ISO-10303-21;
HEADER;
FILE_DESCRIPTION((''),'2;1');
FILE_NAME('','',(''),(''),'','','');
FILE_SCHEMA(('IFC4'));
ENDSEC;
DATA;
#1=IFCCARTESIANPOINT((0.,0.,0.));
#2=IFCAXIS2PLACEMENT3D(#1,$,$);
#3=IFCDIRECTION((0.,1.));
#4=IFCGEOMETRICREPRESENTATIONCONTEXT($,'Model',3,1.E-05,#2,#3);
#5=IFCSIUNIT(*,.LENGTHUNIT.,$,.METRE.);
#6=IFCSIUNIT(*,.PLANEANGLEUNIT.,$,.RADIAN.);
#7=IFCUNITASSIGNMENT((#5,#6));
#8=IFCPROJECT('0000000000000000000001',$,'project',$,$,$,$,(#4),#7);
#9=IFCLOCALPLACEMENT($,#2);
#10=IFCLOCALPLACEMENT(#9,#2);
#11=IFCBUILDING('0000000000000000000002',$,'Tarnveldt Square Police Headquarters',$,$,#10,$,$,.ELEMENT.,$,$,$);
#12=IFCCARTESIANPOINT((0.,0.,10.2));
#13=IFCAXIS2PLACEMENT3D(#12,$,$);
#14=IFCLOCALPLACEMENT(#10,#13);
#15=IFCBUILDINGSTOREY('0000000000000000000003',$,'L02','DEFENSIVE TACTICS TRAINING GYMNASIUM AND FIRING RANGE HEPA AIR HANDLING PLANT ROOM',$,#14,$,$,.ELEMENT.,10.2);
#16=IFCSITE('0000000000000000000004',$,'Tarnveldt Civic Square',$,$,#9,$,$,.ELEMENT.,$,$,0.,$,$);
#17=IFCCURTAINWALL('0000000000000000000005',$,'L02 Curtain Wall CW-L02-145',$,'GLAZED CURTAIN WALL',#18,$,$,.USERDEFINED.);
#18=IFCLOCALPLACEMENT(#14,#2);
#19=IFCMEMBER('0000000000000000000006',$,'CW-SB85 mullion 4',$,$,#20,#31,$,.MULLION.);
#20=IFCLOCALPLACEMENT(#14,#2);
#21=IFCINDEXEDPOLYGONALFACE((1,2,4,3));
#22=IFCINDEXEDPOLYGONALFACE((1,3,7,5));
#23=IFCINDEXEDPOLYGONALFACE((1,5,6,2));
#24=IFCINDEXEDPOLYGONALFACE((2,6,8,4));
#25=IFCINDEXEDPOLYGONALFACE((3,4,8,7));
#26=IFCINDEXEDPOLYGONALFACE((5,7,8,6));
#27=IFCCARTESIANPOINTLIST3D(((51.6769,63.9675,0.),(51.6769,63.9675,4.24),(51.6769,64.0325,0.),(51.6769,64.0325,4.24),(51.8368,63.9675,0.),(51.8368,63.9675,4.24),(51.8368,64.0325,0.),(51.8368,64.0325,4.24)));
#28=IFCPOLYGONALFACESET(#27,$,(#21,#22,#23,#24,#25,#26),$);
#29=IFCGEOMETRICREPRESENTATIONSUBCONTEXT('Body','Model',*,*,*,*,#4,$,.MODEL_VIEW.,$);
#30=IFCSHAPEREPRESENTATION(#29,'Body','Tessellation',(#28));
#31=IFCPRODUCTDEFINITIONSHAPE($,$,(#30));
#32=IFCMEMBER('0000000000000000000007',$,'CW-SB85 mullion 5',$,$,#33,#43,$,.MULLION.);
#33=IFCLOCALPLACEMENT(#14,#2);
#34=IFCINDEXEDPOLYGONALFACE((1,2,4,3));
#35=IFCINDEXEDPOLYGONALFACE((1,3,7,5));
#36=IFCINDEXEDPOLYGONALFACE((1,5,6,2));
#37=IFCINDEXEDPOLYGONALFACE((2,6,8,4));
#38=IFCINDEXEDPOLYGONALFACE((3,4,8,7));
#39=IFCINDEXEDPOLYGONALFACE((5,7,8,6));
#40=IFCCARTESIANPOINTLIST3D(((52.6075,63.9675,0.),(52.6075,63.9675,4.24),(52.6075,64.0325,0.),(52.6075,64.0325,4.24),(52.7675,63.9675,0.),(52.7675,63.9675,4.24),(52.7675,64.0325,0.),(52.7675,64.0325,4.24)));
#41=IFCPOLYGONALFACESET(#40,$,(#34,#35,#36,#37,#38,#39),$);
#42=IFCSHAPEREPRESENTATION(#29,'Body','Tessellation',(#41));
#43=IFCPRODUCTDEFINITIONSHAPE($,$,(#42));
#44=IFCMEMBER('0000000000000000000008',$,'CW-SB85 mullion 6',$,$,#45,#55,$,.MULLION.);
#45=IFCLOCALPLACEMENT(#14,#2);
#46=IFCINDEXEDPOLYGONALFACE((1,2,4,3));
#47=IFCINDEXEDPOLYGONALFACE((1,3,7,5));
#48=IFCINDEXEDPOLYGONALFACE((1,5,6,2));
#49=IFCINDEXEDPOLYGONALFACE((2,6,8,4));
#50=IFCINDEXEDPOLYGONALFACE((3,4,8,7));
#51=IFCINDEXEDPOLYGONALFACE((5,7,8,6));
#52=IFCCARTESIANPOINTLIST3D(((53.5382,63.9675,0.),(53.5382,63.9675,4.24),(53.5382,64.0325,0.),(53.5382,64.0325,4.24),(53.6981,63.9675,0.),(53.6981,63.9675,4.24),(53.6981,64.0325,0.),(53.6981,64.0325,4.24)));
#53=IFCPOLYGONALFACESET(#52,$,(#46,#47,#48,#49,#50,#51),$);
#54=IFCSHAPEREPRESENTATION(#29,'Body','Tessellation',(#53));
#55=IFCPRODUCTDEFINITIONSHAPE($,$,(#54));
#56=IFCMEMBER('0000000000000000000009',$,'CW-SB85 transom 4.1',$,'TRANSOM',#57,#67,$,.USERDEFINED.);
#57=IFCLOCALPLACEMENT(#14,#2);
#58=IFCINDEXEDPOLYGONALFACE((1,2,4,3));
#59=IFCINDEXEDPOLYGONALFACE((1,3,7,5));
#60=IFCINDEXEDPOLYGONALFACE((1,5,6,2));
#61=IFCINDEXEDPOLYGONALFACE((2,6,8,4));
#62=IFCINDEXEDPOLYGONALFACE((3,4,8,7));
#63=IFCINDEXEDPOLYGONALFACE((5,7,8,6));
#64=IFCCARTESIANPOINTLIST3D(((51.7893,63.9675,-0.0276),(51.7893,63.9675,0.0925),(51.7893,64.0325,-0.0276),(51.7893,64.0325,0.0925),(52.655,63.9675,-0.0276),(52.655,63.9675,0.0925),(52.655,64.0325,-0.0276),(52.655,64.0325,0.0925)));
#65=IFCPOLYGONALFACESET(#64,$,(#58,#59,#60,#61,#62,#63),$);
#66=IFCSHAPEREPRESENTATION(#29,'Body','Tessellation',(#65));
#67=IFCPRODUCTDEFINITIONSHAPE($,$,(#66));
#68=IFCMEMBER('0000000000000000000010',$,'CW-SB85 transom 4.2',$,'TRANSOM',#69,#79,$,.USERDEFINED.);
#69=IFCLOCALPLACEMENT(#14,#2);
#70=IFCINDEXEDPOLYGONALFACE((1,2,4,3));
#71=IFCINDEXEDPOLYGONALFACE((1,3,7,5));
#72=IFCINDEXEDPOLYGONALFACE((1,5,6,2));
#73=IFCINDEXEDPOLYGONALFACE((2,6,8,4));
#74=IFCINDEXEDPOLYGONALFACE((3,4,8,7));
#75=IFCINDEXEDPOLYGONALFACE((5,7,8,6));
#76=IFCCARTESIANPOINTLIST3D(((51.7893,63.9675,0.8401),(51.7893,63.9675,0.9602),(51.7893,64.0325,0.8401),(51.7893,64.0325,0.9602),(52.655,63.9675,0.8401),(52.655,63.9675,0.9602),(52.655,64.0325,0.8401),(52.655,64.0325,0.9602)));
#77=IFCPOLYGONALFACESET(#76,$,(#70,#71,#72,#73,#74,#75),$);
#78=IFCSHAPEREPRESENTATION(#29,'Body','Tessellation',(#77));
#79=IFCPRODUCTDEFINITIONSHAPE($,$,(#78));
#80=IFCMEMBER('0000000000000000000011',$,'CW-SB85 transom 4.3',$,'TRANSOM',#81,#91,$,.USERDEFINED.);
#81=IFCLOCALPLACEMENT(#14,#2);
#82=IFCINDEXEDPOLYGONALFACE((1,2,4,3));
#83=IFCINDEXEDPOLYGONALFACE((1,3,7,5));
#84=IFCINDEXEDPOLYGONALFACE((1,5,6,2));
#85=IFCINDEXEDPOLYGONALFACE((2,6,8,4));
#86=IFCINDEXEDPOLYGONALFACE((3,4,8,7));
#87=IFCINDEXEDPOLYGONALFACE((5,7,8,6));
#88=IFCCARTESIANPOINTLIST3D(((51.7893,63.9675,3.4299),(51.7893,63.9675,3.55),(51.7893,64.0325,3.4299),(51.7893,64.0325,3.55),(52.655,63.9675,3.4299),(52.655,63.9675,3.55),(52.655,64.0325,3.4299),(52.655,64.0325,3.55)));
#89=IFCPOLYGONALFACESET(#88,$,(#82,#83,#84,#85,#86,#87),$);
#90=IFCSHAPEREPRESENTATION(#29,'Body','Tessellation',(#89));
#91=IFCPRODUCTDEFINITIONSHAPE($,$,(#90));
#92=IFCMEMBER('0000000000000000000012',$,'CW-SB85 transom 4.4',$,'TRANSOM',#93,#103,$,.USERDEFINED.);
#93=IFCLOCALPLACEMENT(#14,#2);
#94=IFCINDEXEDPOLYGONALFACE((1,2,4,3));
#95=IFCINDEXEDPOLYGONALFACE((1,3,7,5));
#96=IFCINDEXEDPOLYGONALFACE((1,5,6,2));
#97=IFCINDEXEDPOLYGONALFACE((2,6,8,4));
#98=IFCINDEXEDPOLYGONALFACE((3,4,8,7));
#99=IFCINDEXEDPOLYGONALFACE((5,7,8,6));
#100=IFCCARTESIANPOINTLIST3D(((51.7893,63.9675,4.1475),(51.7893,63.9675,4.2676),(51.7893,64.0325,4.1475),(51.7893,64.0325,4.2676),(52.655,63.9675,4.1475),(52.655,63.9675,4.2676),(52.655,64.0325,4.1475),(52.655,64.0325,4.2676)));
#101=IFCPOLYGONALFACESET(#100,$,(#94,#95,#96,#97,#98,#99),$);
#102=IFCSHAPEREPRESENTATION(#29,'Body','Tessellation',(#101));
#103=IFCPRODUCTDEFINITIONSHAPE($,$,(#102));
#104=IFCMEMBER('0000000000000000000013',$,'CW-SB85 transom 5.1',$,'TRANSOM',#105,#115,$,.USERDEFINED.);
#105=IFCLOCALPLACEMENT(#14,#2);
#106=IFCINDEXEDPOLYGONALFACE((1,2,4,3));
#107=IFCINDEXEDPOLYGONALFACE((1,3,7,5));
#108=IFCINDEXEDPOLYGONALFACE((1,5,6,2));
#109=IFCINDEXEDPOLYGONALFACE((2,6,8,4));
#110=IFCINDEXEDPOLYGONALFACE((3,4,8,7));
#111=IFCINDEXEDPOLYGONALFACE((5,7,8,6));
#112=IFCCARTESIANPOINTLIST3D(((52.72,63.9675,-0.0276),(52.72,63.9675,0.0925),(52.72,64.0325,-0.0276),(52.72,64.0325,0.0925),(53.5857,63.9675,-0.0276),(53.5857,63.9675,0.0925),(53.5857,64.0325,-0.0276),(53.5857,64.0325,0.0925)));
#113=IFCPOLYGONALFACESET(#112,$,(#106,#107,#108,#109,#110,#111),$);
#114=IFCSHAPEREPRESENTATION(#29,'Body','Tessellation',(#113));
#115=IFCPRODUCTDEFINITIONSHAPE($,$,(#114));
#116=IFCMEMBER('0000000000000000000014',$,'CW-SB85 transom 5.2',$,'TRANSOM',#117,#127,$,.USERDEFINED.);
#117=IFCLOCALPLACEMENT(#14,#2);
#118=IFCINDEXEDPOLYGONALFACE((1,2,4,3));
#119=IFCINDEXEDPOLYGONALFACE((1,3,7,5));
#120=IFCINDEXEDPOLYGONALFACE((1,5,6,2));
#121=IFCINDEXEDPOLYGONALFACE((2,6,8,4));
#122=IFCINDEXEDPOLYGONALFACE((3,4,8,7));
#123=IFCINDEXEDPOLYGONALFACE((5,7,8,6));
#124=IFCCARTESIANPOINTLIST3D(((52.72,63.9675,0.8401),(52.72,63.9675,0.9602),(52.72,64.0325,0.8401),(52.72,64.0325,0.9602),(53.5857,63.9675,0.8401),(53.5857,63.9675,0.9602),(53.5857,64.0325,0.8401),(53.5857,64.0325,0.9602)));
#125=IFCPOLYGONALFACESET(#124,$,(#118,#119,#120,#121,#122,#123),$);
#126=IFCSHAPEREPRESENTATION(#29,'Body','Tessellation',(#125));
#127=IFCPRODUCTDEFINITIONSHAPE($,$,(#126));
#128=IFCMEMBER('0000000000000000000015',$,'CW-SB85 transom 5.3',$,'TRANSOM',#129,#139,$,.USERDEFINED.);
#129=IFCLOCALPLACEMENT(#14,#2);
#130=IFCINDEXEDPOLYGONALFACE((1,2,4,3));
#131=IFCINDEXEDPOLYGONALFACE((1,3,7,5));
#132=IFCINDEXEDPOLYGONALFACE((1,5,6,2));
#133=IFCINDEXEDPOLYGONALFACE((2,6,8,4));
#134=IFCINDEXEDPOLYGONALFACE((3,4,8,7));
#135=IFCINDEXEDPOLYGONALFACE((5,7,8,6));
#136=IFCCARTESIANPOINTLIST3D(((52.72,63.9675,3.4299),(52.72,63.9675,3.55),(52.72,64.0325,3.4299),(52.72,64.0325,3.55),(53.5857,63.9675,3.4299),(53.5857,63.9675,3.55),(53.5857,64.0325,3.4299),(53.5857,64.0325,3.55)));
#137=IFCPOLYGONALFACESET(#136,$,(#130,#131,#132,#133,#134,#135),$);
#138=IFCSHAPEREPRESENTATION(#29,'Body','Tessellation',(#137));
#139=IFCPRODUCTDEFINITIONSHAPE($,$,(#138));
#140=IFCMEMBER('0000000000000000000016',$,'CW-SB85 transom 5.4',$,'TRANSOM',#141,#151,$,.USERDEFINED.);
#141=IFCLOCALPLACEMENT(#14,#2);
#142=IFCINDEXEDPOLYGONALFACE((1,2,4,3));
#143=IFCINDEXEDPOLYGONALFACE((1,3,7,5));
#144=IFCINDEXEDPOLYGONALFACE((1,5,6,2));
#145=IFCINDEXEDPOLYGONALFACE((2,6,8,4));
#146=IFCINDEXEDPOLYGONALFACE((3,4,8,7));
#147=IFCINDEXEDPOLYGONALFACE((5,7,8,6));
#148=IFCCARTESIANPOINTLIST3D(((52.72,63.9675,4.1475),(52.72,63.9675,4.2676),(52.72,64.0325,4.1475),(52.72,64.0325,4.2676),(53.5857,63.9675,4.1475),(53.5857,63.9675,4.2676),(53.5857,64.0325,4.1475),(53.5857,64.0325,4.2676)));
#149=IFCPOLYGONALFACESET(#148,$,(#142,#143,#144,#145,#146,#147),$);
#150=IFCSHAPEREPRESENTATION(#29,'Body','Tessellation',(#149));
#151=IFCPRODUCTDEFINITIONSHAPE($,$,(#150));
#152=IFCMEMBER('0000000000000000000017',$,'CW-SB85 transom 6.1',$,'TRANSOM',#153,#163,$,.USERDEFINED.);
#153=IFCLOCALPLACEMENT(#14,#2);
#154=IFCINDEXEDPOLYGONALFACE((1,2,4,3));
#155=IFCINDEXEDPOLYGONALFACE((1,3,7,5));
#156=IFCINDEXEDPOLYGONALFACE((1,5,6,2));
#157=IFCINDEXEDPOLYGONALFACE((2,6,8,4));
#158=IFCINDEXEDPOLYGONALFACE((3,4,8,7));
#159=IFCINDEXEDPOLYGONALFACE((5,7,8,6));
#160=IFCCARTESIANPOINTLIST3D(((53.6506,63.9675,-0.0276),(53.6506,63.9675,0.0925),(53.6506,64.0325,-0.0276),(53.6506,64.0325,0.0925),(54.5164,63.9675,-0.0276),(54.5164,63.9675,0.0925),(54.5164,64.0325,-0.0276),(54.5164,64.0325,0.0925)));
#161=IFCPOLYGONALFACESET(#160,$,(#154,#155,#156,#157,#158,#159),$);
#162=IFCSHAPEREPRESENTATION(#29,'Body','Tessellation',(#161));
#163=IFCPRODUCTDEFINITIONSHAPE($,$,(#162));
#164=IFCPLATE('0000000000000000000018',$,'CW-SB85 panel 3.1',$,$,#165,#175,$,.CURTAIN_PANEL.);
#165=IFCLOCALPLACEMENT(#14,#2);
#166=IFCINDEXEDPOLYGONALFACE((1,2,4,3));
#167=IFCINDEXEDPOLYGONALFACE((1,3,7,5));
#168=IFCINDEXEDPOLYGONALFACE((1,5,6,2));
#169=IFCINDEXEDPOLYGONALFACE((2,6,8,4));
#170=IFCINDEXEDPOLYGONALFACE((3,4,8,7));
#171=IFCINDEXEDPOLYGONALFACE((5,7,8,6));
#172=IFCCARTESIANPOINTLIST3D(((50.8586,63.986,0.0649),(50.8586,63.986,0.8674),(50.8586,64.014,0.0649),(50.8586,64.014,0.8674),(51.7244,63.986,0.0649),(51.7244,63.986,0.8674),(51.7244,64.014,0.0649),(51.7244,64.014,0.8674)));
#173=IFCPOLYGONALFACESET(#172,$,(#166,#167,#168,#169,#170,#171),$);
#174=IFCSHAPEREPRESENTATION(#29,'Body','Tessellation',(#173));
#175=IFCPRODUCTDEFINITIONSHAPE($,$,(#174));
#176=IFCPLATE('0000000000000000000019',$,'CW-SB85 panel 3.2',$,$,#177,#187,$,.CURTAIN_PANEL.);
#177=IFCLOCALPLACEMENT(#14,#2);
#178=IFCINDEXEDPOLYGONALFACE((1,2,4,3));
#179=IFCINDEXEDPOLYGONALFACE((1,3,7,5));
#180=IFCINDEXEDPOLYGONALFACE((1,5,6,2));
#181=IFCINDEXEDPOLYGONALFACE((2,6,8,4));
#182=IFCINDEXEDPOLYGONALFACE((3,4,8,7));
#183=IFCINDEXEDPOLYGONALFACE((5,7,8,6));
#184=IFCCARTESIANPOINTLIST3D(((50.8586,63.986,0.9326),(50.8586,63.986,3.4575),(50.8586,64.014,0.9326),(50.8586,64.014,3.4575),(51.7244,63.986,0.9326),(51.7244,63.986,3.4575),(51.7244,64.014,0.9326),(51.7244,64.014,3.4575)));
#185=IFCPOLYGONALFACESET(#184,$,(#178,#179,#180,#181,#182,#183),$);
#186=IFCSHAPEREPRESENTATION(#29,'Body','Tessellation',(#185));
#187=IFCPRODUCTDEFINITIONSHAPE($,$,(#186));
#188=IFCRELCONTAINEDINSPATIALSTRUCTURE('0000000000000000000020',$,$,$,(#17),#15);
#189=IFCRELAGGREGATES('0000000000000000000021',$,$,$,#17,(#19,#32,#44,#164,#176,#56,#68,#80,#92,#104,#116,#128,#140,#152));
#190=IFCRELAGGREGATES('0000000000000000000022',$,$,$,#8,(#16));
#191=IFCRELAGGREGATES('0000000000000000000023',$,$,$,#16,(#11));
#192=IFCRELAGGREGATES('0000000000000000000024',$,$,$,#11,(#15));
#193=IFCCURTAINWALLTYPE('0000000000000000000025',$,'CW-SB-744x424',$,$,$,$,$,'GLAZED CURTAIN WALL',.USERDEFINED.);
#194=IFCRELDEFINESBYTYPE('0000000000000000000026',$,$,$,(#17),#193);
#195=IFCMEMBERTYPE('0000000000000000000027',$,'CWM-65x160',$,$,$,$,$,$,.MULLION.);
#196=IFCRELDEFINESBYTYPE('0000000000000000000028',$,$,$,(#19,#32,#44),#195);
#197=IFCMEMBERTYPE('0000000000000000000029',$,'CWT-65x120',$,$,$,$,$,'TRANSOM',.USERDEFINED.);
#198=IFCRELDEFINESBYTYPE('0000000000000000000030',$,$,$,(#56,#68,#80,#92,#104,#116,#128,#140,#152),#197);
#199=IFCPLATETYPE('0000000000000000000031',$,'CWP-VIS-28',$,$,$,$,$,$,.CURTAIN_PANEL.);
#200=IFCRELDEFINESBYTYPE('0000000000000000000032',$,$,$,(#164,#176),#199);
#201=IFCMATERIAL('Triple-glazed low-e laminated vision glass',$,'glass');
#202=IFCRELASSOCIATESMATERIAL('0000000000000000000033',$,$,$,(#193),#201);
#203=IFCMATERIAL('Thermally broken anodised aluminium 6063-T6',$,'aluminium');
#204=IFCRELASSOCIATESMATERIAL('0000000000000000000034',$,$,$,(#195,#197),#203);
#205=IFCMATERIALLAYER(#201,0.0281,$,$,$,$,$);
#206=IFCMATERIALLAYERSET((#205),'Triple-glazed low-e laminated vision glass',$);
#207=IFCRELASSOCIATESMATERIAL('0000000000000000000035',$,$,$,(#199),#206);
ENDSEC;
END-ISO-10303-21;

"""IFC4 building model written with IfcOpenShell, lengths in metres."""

from ifc_helpers import new_model, si_unit, direction, frame, origin, origin_2d, place, context, subcontext, project, spatial, rectangle, extrude, material, layer, layer_set, material_profile, profile_set, type_object, element, aggregate, save


model = new_model("IFC4")

# Units and contexts
model_context = context("Model", 3, precision=1e-05, world=origin(), true_north=direction((0.0, 1.0)))
body_context = subcontext(model_context, "Body", "Model", "MODEL_VIEW")
ifc_project = project(units=[si_unit("LENGTHUNIT", "METRE"), si_unit("PLANEANGLEUNIT", "RADIAN")], contexts=[model_context])

# Site, building, storey
site_placement = place(None, origin())
site = spatial("IfcSite", under=ifc_project, at=site_placement, Name="Tarnveldt Civic Square", CompositionType="ELEMENT", RefElevation=0.0)
building_placement = place(site_placement, origin())
building = spatial("IfcBuilding", under=site, at=building_placement, Name="Tarnveldt Square Police Headquarters", CompositionType="ELEMENT")
storey_placement = place(building_placement, frame((0.0, 0.0, 10.2)))
storey = spatial("IfcBuildingStorey", under=building, at=storey_placement, Name="L02", Description="DEFENSIVE TACTICS TRAINING GYMNASIUM AND FIRING RANGE HEPA AIR HANDLING PLANT ROOM", CompositionType="ELEMENT", Elevation=10.2)

# Curtain wall, members, plates
ifc_material_1 = material(Name="Triple-glazed low-e laminated vision glass", Category="glass")
curtain_wall_type = type_object("IfcCurtainWallType", Name="CW-SB-744x424", ElementType="GLAZED CURTAIN WALL", PredefinedType="USERDEFINED", material=ifc_material_1)
curtain_wall_placement = place(storey_placement, origin())
curtain_wall = element("IfcCurtainWall", 1, at=curtain_wall_placement, inside=storey, type_object=curtain_wall_type, Name="L02 Curtain Wall CW-L02-145", ObjectType="GLAZED CURTAIN WALL", PredefinedType="USERDEFINED")
ifc_material_2 = material(Name="Thermally broken anodised aluminium 6063-T6", Category="aluminium")
ifc_material_profile_1 = material_profile(ifc_material_2, rectangle(XDim=0.0649, YDim=0.1599, at=origin_2d()), Name="CW-M65x160")
ifc_profile_set_1 = profile_set([ifc_material_profile_1], Name="Thermally broken anodised aluminium 6063-T6")
member_type_1 = type_object("IfcMemberType", Name="CWM-65x160", PredefinedType="MULLION", material=ifc_profile_set_1)
member_1_placement = place(storey_placement, frame((51.7568, 64.0, 0.0), z_axis=(0.0, 0.0, 1.0), x_axis=(0.0, 1.0, 0.0)))
member_1 = element("IfcMember", 2, at=member_1_placement, type_object=member_type_1, Name="CW-SB85 mullion 4", PredefinedType="MULLION", context=body_context, shape_type="SweptSolid", body=[
    extrude(rectangle(XDim=0.0649, YDim=0.1599, at=origin_2d()), origin(), (0.0, 0.0, 1.0), 4.24),
])
member_2_placement = place(storey_placement, frame((52.6875, 64.0, 0.0), z_axis=(0.0, 0.0, 1.0), x_axis=(0.0, 1.0, 0.0)))
member_2 = element("IfcMember", 3, at=member_2_placement, type_object=member_type_1, Name="CW-SB85 mullion 5", PredefinedType="MULLION", context=body_context, shape_type="SweptSolid", body=[
    extrude(rectangle(XDim=0.0649, YDim=0.1599, at=origin_2d()), origin(), (0.0, 0.0, 1.0), 4.24),
])
member_3_placement = place(storey_placement, frame((53.6182, 64.0, 0.0), z_axis=(0.0, 0.0, 1.0), x_axis=(0.0, 1.0, 0.0)))
member_3 = element("IfcMember", 4, at=member_3_placement, type_object=member_type_1, Name="CW-SB85 mullion 6", PredefinedType="MULLION", context=body_context, shape_type="SweptSolid", body=[
    extrude(rectangle(XDim=0.0649, YDim=0.1599, at=origin_2d()), origin(), (0.0, 0.0, 1.0), 4.24),
])
ifc_material_profile_2 = material_profile(ifc_material_2, rectangle(XDim=0.0649, YDim=0.1201, at=origin_2d()), Name="CW-T65x120")
ifc_profile_set_2 = profile_set([ifc_material_profile_2], Name="Thermally broken anodised aluminium 6063-T6")
member_type_2 = type_object("IfcMemberType", Name="CWT-65x120", ElementType="TRANSOM", PredefinedType="USERDEFINED", material=ifc_profile_set_2)
member_4_placement = place(storey_placement, frame((51.7893, 64.0, 0.0325), z_axis=(1.0, 0.0, 0.0), x_axis=(0.0, 1.0, 0.0)))
member_4 = element("IfcMember", 5, at=member_4_placement, type_object=member_type_2, Name="CW-SB85 transom 4.1", ObjectType="TRANSOM", PredefinedType="USERDEFINED", context=body_context, shape_type="SweptSolid", body=[
    extrude(rectangle(XDim=0.0649, YDim=0.1201, at=origin_2d()), origin(), (0.0, 0.0, 1.0), 0.8657),
])
member_5_placement = place(storey_placement, frame((51.7893, 64.0, 0.9001), z_axis=(1.0, 0.0, 0.0), x_axis=(0.0, 1.0, 0.0)))
member_5 = element("IfcMember", 6, at=member_5_placement, type_object=member_type_2, Name="CW-SB85 transom 4.2", ObjectType="TRANSOM", PredefinedType="USERDEFINED", context=body_context, shape_type="SweptSolid", body=[
    extrude(rectangle(XDim=0.0649, YDim=0.1201, at=origin_2d()), origin(), (0.0, 0.0, 1.0), 0.8657),
])
member_6_placement = place(storey_placement, frame((51.7893, 64.0, 3.49), z_axis=(1.0, 0.0, 0.0), x_axis=(0.0, 1.0, 0.0)))
member_6 = element("IfcMember", 7, at=member_6_placement, type_object=member_type_2, Name="CW-SB85 transom 4.3", ObjectType="TRANSOM", PredefinedType="USERDEFINED", context=body_context, shape_type="SweptSolid", body=[
    extrude(rectangle(XDim=0.0649, YDim=0.1201, at=origin_2d()), origin(), (0.0, 0.0, 1.0), 0.8657),
])
member_7_placement = place(storey_placement, frame((51.7893, 64.0, 4.2075), z_axis=(1.0, 0.0, 0.0), x_axis=(0.0, 1.0, 0.0)))
member_7 = element("IfcMember", 8, at=member_7_placement, type_object=member_type_2, Name="CW-SB85 transom 4.4", ObjectType="TRANSOM", PredefinedType="USERDEFINED", context=body_context, shape_type="SweptSolid", body=[
    extrude(rectangle(XDim=0.0649, YDim=0.1201, at=origin_2d()), origin(), (0.0, 0.0, 1.0), 0.8657),
])
member_8_placement = place(storey_placement, frame((52.72, 64.0, 0.0325), z_axis=(1.0, 0.0, 0.0), x_axis=(0.0, 1.0, 0.0)))
member_8 = element("IfcMember", 9, at=member_8_placement, type_object=member_type_2, Name="CW-SB85 transom 5.1", ObjectType="TRANSOM", PredefinedType="USERDEFINED", context=body_context, shape_type="SweptSolid", body=[
    extrude(rectangle(XDim=0.0649, YDim=0.1201, at=origin_2d()), origin(), (0.0, 0.0, 1.0), 0.8657),
])
member_9_placement = place(storey_placement, frame((52.72, 64.0, 0.9001), z_axis=(1.0, 0.0, 0.0), x_axis=(0.0, 1.0, 0.0)))
member_9 = element("IfcMember", 10, at=member_9_placement, type_object=member_type_2, Name="CW-SB85 transom 5.2", ObjectType="TRANSOM", PredefinedType="USERDEFINED", context=body_context, shape_type="SweptSolid", body=[
    extrude(rectangle(XDim=0.0649, YDim=0.1201, at=origin_2d()), origin(), (0.0, 0.0, 1.0), 0.8657),
])
member_10_placement = place(storey_placement, frame((52.72, 64.0, 3.49), z_axis=(1.0, 0.0, 0.0), x_axis=(0.0, 1.0, 0.0)))
member_10 = element("IfcMember", 11, at=member_10_placement, type_object=member_type_2, Name="CW-SB85 transom 5.3", ObjectType="TRANSOM", PredefinedType="USERDEFINED", context=body_context, shape_type="SweptSolid", body=[
    extrude(rectangle(XDim=0.0649, YDim=0.1201, at=origin_2d()), origin(), (0.0, 0.0, 1.0), 0.8657),
])
member_11_placement = place(storey_placement, frame((52.72, 64.0, 4.2075), z_axis=(1.0, 0.0, 0.0), x_axis=(0.0, 1.0, 0.0)))
member_11 = element("IfcMember", 12, at=member_11_placement, type_object=member_type_2, Name="CW-SB85 transom 5.4", ObjectType="TRANSOM", PredefinedType="USERDEFINED", context=body_context, shape_type="SweptSolid", body=[
    extrude(rectangle(XDim=0.0649, YDim=0.1201, at=origin_2d()), origin(), (0.0, 0.0, 1.0), 0.8657),
])
member_12_placement = place(storey_placement, frame((53.6506, 64.0, 0.0325), z_axis=(1.0, 0.0, 0.0), x_axis=(0.0, 1.0, 0.0)))
member_12 = element("IfcMember", 13, at=member_12_placement, type_object=member_type_2, Name="CW-SB85 transom 6.1", ObjectType="TRANSOM", PredefinedType="USERDEFINED", context=body_context, shape_type="SweptSolid", body=[
    extrude(rectangle(XDim=0.0649, YDim=0.1201, at=origin_2d()), origin(), (0.0, 0.0, 1.0), 0.8657),
])
ifc_layer = layer(ifc_material_1, 0.0281)
ifc_layer_set = layer_set([ifc_layer], Name="Triple-glazed low-e laminated vision glass")
plate_type = type_object("IfcPlateType", Name="CWP-VIS-28", PredefinedType="CURTAIN_PANEL", material=ifc_layer_set)
plate_1_placement = place(storey_placement, frame((51.2915, 64.0, 0.0649), z_axis=(0.0, 0.0, 1.0), x_axis=(1.0, 0.0, 0.0)))
plate_1 = element("IfcPlate", 14, at=plate_1_placement, type_object=plate_type, Name="CW-SB85 panel 3.1", PredefinedType="CURTAIN_PANEL", context=body_context, shape_type="SweptSolid", body=[
    extrude(rectangle(XDim=0.8657, YDim=0.0281, at=origin_2d()), origin(), (0.0, 0.0, 1.0), 0.8025),
])
plate_2_placement = place(storey_placement, frame((51.2915, 64.0, 0.9326), z_axis=(0.0, 0.0, 1.0), x_axis=(1.0, 0.0, 0.0)))
plate_2 = element("IfcPlate", 15, at=plate_2_placement, type_object=plate_type, Name="CW-SB85 panel 3.2", PredefinedType="CURTAIN_PANEL", context=body_context, shape_type="SweptSolid", body=[
    extrude(rectangle(XDim=0.8657, YDim=0.0281, at=origin_2d()), origin(), (0.0, 0.0, 1.0), 2.5249),
])
aggregate(curtain_wall, [member_1, member_2, member_3, plate_1, plate_2, member_4, member_5, member_6, member_7, member_8, member_9, member_10, member_11, member_12])

save(model, "model.ifc")
